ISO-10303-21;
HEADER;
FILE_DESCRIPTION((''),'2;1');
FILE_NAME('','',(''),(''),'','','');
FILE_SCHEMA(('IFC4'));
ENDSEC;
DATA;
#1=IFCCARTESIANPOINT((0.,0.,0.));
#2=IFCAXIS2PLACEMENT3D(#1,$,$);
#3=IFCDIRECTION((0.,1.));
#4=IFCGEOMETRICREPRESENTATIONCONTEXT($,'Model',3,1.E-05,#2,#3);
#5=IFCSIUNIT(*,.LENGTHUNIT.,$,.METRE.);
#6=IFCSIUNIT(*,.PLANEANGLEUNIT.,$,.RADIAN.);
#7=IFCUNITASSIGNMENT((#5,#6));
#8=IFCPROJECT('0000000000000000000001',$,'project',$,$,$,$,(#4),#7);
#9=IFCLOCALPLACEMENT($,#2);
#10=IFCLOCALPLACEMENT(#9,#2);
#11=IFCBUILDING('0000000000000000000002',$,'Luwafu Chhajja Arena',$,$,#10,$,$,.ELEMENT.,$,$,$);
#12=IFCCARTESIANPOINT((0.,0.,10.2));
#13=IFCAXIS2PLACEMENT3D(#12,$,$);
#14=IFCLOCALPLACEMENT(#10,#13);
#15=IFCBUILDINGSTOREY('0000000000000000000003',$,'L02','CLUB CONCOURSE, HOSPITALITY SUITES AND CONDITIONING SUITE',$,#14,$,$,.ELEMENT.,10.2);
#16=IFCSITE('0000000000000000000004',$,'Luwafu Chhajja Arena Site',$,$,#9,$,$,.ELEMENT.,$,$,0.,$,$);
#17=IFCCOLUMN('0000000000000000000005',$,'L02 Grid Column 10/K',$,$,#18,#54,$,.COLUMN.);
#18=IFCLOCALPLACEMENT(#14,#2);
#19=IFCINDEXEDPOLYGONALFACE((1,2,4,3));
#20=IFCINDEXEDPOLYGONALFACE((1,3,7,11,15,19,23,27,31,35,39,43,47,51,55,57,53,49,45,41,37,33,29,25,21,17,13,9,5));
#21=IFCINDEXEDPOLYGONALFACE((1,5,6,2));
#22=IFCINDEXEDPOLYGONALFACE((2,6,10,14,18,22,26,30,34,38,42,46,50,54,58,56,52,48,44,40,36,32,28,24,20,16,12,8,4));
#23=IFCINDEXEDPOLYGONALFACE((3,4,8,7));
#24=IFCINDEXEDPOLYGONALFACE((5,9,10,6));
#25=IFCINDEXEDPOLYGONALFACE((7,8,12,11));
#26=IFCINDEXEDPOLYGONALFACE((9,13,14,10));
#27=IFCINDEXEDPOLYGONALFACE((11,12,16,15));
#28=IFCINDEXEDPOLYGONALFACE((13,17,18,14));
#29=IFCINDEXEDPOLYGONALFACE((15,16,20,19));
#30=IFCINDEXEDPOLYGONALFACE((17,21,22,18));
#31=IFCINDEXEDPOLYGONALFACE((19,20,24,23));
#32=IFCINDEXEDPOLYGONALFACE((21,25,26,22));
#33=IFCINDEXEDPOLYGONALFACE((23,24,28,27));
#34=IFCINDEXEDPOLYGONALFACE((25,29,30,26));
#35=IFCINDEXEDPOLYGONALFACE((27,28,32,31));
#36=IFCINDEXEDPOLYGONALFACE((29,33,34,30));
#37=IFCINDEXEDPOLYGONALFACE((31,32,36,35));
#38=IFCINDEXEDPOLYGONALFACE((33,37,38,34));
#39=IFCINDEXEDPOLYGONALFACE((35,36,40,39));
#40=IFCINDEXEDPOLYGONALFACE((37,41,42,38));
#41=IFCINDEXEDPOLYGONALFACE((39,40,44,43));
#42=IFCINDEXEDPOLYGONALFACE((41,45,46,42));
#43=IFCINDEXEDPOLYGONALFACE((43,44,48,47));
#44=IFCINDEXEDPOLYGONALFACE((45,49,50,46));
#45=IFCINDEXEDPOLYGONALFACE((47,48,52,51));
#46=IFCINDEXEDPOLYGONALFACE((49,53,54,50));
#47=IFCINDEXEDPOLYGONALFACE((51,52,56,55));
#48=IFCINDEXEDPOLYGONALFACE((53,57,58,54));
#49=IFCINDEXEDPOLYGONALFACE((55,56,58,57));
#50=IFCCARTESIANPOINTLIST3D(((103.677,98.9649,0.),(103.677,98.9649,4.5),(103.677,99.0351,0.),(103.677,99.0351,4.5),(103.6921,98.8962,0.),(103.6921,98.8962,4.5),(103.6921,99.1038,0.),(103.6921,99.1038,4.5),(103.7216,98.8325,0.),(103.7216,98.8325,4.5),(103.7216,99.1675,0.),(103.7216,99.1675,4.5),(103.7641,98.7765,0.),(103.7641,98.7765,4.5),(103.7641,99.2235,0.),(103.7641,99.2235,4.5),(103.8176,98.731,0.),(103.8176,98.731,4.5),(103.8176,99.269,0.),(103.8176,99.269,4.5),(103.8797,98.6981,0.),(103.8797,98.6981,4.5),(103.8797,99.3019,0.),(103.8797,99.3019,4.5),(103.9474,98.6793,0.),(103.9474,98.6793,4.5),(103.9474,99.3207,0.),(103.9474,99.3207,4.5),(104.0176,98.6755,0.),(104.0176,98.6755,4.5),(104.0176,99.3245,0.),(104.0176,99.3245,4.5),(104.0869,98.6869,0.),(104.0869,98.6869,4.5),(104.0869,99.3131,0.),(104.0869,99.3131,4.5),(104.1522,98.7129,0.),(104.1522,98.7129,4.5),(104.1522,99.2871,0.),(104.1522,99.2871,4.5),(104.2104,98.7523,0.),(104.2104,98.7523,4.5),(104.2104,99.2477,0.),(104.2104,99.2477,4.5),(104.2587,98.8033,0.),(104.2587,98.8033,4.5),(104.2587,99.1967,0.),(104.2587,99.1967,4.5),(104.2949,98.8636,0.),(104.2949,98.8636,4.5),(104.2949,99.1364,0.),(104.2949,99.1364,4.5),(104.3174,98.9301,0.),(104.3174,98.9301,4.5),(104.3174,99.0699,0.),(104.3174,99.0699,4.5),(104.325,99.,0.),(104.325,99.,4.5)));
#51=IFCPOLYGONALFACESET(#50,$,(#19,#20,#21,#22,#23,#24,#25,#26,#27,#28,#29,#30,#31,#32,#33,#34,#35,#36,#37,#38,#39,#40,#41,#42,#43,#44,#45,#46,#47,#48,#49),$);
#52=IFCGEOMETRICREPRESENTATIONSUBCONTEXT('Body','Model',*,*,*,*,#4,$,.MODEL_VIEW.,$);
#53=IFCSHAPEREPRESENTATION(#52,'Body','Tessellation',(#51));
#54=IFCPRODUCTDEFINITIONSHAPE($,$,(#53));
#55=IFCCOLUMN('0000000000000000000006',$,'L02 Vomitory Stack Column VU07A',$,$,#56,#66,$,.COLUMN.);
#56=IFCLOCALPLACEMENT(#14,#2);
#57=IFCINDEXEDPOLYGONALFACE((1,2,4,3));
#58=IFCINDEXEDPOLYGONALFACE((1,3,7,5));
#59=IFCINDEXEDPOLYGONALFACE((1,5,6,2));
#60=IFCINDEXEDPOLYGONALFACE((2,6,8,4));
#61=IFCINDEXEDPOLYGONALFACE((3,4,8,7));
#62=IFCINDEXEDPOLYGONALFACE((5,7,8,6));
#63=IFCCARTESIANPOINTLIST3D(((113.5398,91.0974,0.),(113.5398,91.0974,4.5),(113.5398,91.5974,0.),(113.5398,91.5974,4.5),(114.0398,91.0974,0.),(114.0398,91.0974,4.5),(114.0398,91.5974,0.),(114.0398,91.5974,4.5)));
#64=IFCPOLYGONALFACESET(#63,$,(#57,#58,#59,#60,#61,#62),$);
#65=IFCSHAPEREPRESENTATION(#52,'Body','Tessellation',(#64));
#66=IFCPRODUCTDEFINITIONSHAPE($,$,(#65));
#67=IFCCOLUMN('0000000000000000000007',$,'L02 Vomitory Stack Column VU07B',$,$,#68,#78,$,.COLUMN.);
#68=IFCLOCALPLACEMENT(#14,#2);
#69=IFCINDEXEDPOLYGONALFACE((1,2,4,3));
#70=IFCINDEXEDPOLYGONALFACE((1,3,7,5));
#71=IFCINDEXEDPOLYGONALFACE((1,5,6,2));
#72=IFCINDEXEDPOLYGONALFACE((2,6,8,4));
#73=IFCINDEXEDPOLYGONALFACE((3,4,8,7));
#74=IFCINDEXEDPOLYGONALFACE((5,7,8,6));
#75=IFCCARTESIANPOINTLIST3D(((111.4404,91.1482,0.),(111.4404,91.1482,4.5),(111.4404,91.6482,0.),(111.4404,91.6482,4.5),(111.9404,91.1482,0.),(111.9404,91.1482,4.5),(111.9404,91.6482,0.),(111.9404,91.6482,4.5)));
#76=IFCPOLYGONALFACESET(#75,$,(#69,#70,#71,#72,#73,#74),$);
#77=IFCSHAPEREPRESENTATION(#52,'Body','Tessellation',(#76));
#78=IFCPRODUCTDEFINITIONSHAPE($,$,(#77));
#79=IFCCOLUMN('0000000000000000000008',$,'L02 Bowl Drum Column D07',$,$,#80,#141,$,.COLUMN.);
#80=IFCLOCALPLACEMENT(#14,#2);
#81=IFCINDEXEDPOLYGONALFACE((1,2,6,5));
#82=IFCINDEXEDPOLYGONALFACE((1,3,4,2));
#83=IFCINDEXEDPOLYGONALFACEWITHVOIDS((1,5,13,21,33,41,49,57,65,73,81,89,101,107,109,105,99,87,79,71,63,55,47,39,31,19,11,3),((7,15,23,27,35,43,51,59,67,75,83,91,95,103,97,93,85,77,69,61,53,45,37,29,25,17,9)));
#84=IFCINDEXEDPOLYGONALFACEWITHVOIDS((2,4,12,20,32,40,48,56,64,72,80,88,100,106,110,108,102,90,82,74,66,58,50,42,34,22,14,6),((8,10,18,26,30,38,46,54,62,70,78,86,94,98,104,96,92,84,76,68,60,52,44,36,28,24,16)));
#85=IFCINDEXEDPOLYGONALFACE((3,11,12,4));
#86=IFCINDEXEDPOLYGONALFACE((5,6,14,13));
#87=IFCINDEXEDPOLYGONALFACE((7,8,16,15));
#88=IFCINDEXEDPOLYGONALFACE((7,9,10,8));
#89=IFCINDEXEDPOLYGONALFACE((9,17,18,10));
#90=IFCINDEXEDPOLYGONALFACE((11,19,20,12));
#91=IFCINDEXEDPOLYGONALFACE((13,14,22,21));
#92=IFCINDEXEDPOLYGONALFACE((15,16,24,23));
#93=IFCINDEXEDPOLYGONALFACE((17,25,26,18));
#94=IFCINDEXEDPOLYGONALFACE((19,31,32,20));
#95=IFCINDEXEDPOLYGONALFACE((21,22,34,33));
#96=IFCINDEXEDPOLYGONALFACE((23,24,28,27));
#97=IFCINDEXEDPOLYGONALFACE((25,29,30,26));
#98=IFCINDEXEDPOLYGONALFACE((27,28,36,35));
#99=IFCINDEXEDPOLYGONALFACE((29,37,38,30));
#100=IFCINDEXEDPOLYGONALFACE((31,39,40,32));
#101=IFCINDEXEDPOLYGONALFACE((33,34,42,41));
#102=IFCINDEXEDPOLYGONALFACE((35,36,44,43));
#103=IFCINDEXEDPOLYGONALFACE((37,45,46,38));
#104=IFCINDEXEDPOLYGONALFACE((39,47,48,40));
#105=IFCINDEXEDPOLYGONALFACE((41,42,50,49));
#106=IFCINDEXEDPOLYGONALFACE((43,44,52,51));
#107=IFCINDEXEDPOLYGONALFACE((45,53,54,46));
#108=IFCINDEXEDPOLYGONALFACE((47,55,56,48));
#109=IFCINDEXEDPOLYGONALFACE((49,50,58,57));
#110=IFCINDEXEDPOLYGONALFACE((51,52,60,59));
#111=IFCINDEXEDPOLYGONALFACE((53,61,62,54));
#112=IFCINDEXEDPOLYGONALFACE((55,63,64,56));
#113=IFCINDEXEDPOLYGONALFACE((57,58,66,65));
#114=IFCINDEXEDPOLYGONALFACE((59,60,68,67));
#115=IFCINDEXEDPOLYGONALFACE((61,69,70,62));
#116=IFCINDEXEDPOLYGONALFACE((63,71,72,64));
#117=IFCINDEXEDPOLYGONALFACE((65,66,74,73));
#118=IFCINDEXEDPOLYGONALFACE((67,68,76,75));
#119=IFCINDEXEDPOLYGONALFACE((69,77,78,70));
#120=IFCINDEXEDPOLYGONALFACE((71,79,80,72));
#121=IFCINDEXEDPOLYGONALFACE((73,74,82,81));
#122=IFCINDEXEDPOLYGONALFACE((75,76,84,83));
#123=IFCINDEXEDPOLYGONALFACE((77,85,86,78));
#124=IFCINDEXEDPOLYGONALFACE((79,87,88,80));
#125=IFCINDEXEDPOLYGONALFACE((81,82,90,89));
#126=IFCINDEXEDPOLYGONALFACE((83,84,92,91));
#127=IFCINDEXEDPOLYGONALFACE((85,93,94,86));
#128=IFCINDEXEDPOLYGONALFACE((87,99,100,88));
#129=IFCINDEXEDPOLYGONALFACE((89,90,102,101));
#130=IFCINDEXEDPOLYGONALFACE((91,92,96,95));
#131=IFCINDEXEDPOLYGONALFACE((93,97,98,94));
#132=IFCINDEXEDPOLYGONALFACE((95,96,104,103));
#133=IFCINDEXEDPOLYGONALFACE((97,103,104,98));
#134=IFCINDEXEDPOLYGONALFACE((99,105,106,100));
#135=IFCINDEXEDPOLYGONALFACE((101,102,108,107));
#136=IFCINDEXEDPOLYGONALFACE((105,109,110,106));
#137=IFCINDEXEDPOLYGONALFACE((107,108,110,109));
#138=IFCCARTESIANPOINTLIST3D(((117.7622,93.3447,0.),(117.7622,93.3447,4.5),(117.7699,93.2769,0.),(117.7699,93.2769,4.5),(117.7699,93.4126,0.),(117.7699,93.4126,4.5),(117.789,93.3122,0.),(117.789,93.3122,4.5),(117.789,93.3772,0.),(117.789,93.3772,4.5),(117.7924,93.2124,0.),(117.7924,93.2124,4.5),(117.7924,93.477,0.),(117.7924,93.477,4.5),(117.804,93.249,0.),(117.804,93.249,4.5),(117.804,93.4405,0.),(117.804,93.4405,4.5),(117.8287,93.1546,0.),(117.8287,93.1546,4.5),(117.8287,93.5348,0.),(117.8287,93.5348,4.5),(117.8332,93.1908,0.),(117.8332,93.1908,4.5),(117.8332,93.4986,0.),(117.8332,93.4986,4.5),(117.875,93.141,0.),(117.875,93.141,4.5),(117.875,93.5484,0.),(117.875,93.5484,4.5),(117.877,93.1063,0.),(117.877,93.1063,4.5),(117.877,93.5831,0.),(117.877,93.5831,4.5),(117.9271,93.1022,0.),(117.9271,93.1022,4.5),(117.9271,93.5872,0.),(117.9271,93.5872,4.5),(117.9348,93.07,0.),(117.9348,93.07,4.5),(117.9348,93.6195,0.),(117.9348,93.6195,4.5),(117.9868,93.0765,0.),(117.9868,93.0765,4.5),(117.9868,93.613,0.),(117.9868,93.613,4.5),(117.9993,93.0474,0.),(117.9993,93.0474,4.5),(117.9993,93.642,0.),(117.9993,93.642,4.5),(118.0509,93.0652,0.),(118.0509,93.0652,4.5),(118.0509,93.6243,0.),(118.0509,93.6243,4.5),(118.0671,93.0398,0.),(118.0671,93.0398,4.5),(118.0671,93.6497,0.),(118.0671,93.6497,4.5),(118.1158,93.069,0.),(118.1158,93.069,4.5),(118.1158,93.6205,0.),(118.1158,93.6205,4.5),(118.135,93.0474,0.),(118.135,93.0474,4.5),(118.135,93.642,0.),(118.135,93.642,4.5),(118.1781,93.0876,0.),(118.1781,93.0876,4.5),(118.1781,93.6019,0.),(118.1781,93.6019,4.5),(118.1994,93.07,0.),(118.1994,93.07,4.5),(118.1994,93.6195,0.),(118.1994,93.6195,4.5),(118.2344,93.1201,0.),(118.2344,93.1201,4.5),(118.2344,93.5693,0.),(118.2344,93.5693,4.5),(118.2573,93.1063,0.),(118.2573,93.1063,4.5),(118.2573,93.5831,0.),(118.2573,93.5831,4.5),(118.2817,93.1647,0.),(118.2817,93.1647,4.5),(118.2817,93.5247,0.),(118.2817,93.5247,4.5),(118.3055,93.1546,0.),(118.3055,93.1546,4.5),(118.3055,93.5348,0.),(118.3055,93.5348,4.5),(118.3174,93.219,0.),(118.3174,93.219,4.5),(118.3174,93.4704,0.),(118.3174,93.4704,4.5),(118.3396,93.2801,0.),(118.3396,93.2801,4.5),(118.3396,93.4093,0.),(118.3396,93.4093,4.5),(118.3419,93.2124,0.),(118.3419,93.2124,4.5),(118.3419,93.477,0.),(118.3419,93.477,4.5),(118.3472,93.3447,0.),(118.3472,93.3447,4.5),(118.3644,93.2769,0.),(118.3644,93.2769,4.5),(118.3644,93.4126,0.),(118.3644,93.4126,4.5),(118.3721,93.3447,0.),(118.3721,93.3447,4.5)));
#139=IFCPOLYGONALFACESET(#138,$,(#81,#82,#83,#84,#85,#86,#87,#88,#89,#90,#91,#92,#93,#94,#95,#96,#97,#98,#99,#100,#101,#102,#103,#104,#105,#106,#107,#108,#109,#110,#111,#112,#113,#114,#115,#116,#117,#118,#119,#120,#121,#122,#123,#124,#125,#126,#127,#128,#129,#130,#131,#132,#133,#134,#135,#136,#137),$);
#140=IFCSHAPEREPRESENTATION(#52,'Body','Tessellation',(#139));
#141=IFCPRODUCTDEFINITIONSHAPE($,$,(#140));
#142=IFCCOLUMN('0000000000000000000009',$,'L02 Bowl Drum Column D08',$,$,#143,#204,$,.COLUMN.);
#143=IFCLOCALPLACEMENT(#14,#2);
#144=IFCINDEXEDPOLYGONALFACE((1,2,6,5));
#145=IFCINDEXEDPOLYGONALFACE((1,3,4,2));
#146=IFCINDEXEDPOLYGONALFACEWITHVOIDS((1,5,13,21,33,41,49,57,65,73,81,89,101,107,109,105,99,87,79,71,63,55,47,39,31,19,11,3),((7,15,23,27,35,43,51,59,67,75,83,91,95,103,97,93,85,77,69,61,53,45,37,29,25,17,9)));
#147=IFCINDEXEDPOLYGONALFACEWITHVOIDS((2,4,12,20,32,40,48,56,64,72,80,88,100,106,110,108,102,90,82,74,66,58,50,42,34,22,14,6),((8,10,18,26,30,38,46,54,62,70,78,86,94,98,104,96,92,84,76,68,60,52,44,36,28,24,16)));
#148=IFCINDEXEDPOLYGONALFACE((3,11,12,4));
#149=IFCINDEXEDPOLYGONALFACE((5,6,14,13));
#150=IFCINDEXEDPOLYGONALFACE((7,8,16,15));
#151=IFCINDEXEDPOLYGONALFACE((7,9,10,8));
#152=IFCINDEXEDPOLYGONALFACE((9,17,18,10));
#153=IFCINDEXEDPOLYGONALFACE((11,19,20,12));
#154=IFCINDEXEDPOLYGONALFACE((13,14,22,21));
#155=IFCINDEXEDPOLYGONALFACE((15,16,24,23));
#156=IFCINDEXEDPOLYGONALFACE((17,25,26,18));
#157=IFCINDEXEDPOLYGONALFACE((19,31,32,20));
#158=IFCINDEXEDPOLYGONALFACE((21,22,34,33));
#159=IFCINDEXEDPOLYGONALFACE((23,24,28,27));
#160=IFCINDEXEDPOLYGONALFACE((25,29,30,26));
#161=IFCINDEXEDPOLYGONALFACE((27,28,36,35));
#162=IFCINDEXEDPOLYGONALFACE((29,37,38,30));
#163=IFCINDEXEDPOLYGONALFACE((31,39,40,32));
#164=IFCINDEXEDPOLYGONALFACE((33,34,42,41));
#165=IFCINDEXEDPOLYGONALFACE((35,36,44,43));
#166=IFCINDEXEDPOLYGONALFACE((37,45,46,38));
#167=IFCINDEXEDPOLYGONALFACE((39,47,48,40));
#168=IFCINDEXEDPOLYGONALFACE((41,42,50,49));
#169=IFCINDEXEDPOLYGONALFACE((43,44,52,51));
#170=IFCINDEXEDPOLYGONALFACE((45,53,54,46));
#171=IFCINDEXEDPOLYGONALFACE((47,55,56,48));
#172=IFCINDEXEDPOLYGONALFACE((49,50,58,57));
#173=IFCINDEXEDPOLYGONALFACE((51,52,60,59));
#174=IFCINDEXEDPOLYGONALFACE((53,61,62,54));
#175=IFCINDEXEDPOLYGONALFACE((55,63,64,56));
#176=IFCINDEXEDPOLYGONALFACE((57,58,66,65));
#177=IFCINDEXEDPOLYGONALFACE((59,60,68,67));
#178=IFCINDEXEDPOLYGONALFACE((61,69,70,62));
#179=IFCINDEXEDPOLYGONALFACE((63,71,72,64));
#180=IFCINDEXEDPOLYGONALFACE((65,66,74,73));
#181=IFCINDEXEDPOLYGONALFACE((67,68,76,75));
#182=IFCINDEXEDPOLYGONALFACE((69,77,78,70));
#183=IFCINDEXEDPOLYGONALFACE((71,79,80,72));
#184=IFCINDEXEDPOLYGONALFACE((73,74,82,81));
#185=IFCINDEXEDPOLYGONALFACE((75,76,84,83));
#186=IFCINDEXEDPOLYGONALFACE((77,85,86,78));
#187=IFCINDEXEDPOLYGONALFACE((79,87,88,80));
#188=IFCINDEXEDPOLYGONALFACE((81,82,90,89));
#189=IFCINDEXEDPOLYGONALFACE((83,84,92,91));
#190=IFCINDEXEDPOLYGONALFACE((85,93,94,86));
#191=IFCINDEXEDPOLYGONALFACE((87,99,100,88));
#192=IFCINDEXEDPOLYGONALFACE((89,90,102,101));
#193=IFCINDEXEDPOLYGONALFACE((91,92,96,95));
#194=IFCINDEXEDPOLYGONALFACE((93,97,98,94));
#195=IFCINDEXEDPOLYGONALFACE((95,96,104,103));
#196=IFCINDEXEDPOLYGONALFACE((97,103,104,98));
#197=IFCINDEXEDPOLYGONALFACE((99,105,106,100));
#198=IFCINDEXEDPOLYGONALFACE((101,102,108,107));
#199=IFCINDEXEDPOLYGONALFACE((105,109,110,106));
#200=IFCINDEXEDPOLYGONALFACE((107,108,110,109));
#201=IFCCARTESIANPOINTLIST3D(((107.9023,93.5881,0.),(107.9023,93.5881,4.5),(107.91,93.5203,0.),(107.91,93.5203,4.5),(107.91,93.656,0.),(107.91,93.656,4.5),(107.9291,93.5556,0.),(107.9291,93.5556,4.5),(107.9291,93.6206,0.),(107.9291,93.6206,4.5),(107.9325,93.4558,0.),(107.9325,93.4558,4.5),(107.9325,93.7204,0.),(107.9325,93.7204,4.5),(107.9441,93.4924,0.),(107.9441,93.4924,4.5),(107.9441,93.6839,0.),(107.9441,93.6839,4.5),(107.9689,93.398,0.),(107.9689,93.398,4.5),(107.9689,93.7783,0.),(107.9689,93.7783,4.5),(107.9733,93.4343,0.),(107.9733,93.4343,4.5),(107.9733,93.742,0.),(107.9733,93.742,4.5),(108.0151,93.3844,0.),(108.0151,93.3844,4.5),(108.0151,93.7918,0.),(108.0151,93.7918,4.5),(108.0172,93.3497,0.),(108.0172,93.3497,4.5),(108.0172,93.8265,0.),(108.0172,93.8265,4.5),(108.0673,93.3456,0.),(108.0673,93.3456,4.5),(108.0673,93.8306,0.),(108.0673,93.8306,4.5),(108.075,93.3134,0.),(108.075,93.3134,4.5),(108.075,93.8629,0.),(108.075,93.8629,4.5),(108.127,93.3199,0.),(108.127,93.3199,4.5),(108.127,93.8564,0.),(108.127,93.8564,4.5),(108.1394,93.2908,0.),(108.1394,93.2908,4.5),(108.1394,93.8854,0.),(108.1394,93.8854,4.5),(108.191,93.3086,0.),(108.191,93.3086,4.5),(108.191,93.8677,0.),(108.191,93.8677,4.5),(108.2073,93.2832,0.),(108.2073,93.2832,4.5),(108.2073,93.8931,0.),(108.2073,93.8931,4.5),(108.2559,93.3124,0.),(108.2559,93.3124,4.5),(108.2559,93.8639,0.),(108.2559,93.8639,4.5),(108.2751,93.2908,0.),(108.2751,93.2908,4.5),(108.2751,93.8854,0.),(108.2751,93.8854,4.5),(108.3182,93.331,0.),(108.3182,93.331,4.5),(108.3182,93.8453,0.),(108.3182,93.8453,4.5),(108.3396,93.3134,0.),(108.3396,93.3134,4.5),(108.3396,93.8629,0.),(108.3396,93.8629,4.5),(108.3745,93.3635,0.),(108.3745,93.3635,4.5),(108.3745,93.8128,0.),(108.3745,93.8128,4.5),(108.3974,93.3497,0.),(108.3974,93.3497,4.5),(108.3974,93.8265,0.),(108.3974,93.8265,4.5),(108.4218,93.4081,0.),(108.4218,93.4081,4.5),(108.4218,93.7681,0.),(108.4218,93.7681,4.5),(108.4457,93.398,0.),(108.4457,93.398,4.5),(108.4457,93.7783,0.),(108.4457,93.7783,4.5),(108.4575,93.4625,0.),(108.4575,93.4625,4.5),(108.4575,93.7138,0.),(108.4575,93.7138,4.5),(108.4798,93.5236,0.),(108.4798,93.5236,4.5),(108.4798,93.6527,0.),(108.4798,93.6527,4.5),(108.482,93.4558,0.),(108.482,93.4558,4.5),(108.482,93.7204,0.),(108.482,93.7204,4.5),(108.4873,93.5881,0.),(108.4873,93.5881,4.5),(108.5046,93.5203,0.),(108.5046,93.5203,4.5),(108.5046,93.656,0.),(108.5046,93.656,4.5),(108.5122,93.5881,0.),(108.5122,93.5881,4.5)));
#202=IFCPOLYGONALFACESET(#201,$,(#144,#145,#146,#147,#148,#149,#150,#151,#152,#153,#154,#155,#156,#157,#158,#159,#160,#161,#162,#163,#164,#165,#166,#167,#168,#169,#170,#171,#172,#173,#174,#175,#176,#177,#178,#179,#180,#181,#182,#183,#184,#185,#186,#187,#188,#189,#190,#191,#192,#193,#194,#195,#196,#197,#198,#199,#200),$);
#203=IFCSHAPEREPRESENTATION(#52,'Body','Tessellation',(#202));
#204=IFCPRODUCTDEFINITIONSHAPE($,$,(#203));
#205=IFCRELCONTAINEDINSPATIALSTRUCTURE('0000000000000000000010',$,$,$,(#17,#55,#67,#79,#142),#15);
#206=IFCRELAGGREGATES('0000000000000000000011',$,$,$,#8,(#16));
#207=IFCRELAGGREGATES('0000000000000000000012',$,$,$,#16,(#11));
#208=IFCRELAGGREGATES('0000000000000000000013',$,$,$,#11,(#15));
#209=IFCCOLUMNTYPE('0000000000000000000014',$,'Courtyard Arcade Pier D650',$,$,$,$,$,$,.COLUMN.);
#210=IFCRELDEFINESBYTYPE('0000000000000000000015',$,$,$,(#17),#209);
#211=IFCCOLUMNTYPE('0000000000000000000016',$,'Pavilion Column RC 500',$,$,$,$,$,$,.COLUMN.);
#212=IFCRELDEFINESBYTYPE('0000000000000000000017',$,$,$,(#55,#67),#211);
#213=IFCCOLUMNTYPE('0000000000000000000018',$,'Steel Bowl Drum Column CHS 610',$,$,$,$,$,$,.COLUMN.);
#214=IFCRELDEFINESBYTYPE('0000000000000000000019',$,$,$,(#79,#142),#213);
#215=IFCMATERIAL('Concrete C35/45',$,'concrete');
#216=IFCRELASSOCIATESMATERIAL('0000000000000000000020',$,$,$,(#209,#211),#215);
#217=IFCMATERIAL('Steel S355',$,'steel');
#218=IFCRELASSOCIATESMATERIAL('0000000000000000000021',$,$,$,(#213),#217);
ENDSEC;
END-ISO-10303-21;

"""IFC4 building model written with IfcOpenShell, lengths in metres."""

from ifc_helpers import new_model, si_unit, direction, frame, origin, origin_2d, place, context, subcontext, project, spatial, rectangle, circle, hollow_circle, extrude, material, material_profile, profile_set, type_object, element, save


model = new_model("IFC4")

# Units and contexts
model_context = context("Model", 3, precision=1e-05, world=origin(), true_north=direction((0.0, 1.0)))
body_context = subcontext(model_context, "Body", "Model", "MODEL_VIEW")
ifc_project = project(units=[si_unit("LENGTHUNIT", "METRE"), si_unit("PLANEANGLEUNIT", "RADIAN")], contexts=[model_context])

# Site, building, storey
site_placement = place(None, origin())
site = spatial("IfcSite", under=ifc_project, at=site_placement, Name="Luwafu Chhajja Arena Site", CompositionType="ELEMENT", RefElevation=0.0)
building_placement = place(site_placement, origin())
building = spatial("IfcBuilding", under=site, at=building_placement, Name="Luwafu Chhajja Arena", CompositionType="ELEMENT")
storey_placement = place(building_placement, frame((0.0, 0.0, 10.2)))
storey = spatial("IfcBuildingStorey", under=building, at=storey_placement, Name="L02", Description="CLUB CONCOURSE, HOSPITALITY SUITES AND CONDITIONING SUITE", CompositionType="ELEMENT", Elevation=10.2)

# Columns
ifc_material_1 = material(Name="Concrete C35/45", Category="concrete")
ifc_material_profile_1 = material_profile(ifc_material_1, circle(Radius=0.325, at=origin_2d()), Name="RC COL D650")
ifc_profile_set_1 = profile_set([ifc_material_profile_1], Name="Concrete C35/45")
column_type_1 = type_object("IfcColumnType", Name="Courtyard Arcade Pier D650", PredefinedType="COLUMN", material=ifc_profile_set_1)
column_1_placement = place(storey_placement, frame((104.0, 99.0, 0.0), z_axis=(0.0, 0.0, 1.0), x_axis=(1.0, 0.0, 0.0)))
element("IfcColumn", 1, at=column_1_placement, inside=storey, type_object=column_type_1, Name="L02 Grid Column 10/K", PredefinedType="COLUMN", context=body_context, shape_type="SweptSolid", body=[
    extrude(circle(Radius=0.325, at=origin_2d()), origin(), (0.0, 0.0, 1.0), 4.5),
])
ifc_material_profile_2 = material_profile(ifc_material_1, rectangle(XDim=0.5, YDim=0.5, at=origin_2d()), Name="RC 500x500")
ifc_profile_set_2 = profile_set([ifc_material_profile_2], Name="Concrete C35/45")
column_type_2 = type_object("IfcColumnType", Name="Pavilion Column RC 500", PredefinedType="COLUMN", material=ifc_profile_set_2)
for number, where, z_axis, x_axis, name in (
    (2, (113.7898, 91.3474, 0.0), (0.0, 0.0, 1.0), (1.0, 0.0, 0.0), "L02 Vomitory Stack Column VU07A"),
    (3, (111.6904, 91.3982, 0.0), (0.0, 0.0, 1.0), (1.0, 0.0, 0.0), "L02 Vomitory Stack Column VU07B"),
):
    element("IfcColumn", number, at=place(storey_placement, frame(where, z_axis=z_axis, x_axis=x_axis)), inside=storey, type_object=column_type_2, Name=name, PredefinedType="COLUMN", context=body_context, shape_type="SweptSolid", body=[
        extrude(rectangle(XDim=0.5, YDim=0.5, at=origin_2d()), origin(), (0.0, 0.0, 1.0), 4.5),
    ])
ifc_material_2 = material(Name="Steel S355", Category="steel")
ifc_material_profile_3 = material_profile(ifc_material_2, hollow_circle(Radius=0.3049, WallThickness=0.0249, at=origin_2d()), Name="CHS 610x25")
ifc_profile_set_3 = profile_set([ifc_material_profile_3], Name="Steel S355")
column_type_3 = type_object("IfcColumnType", Name="Steel Bowl Drum Column CHS 610", PredefinedType="COLUMN", material=ifc_profile_set_3)
for number, where, z_axis, x_axis, name in (
    (4, (118.0671, 93.3447, 0.0), (0.0, 0.0, 1.0), (1.0, 0.0, 0.0), "L02 Bowl Drum Column D07"),
    (5, (108.2073, 93.5881, 0.0), (0.0, 0.0, 1.0), (1.0, 0.0, 0.0), "L02 Bowl Drum Column D08"),
):
    element("IfcColumn", number, at=place(storey_placement, frame(where, z_axis=z_axis, x_axis=x_axis)), inside=storey, type_object=column_type_3, Name=name, PredefinedType="COLUMN", context=body_context, shape_type="SweptSolid", body=[
        extrude(hollow_circle(Radius=0.3049, WallThickness=0.0249, at=origin_2d()), origin(), (0.0, 0.0, 1.0), 4.5),
    ])

save(model, "model.ifc")
